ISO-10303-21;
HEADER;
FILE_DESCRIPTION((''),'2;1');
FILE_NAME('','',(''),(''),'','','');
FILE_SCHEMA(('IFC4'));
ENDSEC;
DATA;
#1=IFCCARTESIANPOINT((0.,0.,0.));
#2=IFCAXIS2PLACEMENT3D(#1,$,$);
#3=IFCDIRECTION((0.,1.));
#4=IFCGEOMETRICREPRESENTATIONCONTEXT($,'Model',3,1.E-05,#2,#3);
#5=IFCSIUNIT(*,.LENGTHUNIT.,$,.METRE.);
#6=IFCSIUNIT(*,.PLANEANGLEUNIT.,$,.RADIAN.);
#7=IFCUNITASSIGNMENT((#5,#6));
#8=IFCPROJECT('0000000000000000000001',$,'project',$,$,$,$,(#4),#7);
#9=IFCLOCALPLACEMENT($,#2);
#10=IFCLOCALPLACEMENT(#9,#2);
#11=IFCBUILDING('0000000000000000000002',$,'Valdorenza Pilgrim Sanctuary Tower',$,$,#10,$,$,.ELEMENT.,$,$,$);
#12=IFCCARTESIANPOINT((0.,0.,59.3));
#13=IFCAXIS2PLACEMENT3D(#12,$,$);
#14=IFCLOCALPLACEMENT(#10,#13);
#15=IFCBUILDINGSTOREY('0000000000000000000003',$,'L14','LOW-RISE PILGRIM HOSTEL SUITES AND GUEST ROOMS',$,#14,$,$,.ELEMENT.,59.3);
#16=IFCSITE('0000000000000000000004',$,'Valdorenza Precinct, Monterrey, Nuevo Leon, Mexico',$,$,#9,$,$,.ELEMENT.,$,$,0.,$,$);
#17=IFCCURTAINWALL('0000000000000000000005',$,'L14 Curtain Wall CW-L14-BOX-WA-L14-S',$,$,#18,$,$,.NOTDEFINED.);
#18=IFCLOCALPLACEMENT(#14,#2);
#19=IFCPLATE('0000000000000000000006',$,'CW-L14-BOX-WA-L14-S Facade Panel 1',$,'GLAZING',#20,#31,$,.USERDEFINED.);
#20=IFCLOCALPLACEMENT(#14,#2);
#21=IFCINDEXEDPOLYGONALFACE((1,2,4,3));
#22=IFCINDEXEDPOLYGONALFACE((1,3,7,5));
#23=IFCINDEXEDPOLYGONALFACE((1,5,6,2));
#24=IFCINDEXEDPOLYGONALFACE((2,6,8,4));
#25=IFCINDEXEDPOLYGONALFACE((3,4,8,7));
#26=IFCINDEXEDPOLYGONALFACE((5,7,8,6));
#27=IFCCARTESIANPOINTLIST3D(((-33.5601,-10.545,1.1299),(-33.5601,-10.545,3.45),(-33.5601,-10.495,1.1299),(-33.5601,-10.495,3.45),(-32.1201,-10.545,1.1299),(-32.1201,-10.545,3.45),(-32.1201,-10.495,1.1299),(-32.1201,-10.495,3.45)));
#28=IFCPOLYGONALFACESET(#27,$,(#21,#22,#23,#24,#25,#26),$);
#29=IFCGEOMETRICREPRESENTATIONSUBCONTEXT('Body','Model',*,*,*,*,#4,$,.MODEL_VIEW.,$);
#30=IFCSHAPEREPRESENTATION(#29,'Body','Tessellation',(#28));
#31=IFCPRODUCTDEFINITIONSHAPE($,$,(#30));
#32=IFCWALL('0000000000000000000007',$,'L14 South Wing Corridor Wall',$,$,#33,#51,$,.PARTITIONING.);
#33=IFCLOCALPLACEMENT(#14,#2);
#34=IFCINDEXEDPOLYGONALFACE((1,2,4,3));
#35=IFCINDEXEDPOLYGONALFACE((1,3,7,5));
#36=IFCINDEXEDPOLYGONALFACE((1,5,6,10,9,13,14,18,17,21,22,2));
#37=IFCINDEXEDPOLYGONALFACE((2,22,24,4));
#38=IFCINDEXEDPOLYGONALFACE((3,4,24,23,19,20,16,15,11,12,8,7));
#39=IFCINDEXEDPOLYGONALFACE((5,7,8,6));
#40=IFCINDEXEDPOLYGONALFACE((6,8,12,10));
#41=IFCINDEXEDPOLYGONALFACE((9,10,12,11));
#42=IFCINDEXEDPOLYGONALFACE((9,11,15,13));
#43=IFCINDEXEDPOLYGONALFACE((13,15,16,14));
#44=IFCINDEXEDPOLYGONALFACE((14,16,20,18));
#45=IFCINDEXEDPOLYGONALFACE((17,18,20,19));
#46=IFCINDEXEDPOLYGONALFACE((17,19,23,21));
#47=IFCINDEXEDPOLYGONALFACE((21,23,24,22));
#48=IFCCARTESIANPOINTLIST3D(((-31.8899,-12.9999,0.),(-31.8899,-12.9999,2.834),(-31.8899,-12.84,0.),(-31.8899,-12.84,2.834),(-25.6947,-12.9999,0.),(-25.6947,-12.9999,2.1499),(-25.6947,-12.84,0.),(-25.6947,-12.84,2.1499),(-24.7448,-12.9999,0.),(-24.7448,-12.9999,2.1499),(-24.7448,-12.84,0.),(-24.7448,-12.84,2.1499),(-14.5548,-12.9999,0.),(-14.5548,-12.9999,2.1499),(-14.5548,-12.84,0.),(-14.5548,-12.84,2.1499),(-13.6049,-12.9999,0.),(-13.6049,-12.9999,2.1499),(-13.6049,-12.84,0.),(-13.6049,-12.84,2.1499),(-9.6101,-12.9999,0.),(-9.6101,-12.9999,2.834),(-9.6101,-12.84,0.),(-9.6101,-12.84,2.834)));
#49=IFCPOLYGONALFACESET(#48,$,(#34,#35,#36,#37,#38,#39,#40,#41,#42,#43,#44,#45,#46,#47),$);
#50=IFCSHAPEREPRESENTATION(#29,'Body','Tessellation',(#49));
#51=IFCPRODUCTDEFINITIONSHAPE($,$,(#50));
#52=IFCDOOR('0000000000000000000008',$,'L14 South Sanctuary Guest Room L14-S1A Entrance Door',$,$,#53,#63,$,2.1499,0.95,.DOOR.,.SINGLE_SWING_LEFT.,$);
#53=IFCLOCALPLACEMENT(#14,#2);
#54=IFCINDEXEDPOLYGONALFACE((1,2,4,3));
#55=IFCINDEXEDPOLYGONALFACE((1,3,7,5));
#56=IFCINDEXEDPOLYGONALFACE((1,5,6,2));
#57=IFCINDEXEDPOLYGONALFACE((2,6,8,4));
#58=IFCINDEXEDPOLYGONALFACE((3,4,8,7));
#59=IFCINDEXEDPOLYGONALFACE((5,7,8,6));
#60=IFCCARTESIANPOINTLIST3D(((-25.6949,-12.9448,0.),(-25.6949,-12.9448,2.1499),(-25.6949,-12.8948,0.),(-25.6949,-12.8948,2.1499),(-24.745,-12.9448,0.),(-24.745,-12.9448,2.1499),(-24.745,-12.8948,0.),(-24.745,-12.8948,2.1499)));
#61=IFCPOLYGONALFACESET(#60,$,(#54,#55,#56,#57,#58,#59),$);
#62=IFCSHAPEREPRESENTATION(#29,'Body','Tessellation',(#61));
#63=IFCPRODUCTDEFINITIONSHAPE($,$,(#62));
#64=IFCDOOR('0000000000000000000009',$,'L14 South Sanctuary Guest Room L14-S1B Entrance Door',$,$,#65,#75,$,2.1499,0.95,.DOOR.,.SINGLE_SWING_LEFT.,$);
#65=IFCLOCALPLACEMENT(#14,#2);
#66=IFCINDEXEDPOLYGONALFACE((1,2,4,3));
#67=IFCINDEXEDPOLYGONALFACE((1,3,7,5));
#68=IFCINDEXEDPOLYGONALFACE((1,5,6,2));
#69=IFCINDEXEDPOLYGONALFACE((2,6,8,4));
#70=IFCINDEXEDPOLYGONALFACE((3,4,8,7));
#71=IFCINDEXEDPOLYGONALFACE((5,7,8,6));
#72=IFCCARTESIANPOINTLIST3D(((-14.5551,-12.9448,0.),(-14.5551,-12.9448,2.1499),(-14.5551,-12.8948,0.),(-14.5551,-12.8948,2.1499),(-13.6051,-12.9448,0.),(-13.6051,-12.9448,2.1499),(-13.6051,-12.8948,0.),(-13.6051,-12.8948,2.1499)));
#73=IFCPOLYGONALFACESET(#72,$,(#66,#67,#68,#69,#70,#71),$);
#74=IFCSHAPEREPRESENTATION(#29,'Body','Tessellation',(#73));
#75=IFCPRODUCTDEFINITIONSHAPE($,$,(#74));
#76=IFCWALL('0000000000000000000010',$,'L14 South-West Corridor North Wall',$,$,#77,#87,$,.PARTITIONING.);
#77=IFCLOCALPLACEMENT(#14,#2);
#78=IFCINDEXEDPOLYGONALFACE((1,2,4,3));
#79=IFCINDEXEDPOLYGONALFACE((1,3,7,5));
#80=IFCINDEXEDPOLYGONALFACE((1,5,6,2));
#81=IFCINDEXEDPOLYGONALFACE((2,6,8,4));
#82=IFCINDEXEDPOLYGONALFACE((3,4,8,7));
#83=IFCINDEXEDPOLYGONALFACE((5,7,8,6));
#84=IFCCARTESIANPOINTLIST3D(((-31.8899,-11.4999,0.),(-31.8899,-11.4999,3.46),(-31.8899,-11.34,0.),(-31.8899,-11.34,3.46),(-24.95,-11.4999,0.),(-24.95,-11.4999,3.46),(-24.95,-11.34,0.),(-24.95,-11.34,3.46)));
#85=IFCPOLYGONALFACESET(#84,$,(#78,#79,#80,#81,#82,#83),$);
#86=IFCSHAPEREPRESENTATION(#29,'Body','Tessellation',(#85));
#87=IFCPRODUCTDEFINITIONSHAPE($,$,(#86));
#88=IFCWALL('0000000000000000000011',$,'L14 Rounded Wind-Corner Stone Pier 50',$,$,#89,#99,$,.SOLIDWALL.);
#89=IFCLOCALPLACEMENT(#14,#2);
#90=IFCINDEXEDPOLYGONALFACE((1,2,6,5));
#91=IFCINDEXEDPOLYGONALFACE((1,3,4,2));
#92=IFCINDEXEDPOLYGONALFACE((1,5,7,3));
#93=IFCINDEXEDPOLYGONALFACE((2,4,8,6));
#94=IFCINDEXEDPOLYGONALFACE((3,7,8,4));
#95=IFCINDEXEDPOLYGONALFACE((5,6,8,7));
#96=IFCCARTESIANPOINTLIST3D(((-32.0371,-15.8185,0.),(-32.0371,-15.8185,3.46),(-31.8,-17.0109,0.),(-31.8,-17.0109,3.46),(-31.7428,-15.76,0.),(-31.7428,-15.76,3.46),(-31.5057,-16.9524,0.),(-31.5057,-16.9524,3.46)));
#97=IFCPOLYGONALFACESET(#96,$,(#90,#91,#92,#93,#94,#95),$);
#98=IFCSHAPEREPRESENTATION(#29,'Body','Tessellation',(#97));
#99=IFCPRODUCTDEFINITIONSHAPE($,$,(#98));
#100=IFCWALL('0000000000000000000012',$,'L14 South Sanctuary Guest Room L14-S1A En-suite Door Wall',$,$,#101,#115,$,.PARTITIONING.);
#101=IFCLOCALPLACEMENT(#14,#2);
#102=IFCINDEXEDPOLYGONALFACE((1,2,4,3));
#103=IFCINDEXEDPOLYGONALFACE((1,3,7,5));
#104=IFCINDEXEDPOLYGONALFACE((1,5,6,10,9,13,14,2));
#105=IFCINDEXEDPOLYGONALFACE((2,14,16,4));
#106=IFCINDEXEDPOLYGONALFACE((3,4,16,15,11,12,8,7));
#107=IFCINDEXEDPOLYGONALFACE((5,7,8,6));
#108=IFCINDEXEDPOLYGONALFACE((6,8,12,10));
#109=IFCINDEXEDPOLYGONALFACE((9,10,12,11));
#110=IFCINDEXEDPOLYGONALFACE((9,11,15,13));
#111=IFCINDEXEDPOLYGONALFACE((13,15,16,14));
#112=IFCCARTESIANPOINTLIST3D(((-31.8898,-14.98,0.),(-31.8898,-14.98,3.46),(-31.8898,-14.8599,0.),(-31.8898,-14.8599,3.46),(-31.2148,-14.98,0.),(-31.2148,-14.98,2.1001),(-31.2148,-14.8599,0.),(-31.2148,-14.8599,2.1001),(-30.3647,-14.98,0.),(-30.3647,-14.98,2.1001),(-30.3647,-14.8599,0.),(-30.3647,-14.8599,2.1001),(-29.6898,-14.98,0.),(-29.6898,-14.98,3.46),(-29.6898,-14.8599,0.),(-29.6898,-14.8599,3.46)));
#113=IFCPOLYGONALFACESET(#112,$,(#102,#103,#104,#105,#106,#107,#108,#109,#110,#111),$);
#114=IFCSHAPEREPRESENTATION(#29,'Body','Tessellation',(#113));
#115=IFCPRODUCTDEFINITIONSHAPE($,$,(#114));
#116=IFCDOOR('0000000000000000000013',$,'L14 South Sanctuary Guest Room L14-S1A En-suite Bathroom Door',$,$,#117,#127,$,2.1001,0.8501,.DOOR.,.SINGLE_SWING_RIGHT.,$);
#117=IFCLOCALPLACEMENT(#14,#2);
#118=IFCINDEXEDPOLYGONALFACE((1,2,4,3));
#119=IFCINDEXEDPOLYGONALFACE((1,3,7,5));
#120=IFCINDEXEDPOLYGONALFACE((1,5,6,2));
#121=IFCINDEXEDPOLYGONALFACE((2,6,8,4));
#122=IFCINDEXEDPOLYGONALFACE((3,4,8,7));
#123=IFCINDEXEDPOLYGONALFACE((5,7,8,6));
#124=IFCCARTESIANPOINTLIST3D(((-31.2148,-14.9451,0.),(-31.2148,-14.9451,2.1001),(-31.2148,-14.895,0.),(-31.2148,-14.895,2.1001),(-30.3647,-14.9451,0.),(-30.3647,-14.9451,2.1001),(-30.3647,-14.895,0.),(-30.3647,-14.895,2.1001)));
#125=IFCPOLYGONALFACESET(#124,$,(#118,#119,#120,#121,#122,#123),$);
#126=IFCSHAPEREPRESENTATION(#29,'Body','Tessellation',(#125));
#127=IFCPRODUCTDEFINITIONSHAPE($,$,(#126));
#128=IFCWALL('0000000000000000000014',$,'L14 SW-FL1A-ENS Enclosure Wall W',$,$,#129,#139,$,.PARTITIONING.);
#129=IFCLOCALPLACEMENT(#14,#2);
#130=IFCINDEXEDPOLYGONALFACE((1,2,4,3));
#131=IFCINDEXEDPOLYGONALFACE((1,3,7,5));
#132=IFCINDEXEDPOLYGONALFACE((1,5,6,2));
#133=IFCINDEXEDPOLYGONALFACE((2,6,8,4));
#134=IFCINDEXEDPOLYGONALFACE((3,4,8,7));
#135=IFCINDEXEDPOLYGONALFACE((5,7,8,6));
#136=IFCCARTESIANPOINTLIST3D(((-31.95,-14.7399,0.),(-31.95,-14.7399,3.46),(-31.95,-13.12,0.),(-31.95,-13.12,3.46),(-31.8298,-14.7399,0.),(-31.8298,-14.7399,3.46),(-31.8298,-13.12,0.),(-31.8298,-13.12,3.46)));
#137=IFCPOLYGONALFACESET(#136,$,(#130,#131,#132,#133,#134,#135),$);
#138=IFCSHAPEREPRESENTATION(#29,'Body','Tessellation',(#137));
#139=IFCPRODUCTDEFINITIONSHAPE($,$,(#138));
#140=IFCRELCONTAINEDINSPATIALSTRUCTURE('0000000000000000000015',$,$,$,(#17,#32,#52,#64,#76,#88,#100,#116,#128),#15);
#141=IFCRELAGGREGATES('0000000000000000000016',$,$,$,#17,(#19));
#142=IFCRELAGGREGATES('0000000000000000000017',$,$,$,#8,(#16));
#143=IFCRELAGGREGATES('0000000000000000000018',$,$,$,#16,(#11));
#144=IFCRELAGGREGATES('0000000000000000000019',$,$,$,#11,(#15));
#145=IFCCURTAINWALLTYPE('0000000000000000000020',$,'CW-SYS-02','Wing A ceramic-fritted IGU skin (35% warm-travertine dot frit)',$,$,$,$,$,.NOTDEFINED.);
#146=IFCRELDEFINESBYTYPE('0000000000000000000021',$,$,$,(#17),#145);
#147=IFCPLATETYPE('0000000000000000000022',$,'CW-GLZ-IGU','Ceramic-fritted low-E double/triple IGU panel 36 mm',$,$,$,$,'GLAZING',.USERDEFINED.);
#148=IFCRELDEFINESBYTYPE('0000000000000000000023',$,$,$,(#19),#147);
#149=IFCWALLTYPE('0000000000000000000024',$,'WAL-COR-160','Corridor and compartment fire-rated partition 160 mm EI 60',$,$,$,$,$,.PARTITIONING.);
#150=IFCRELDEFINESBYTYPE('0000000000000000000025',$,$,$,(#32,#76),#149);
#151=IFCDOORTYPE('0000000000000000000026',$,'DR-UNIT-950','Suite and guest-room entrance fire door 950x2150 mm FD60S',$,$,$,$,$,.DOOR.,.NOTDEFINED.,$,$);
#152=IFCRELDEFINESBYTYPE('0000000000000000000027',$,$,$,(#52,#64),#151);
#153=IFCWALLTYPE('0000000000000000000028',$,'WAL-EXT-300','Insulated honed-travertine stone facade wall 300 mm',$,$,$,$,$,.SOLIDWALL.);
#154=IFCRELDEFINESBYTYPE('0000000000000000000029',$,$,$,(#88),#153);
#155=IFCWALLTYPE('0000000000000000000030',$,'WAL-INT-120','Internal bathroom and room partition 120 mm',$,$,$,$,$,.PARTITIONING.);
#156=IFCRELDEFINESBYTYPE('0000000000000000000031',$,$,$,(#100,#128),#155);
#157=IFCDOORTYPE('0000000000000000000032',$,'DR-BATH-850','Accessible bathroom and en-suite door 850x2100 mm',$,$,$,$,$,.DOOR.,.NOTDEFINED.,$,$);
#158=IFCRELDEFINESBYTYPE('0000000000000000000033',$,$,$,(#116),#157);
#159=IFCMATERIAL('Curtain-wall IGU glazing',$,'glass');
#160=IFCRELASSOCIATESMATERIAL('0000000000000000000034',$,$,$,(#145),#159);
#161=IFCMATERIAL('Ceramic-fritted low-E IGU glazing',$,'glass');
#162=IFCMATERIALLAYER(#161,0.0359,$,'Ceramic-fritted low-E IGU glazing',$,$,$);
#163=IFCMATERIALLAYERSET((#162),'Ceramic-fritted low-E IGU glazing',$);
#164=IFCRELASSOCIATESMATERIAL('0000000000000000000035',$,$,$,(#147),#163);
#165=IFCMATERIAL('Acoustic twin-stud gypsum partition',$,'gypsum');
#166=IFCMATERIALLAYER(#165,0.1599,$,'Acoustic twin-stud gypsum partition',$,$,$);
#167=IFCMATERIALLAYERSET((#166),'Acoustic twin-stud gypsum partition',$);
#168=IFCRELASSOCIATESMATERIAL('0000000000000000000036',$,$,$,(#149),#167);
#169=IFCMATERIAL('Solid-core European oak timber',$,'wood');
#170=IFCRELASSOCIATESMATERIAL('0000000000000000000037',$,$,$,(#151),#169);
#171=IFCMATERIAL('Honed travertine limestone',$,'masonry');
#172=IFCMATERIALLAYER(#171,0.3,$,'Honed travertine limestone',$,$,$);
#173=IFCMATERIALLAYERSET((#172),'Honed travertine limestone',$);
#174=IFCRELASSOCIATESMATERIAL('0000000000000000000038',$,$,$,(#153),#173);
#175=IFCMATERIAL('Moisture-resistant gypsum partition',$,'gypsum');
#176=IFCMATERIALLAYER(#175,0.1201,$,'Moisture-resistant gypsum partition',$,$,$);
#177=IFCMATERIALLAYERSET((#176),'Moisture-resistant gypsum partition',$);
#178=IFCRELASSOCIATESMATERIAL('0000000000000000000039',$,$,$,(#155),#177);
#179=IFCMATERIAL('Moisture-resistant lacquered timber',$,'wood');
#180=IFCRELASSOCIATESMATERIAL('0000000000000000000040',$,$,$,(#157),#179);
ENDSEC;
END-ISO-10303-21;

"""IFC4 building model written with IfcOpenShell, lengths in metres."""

from ifc_helpers import new_model, si_unit, direction, frame, frame_2d, origin, origin_2d, place, context, subcontext, project, spatial, rectangle, extrude, source, transform, mapped, material, layer, layer_set, type_object, element, fill, aggregate, save


model = new_model("IFC4")

# Units and contexts
model_context = context("Model", 3, precision=1e-05, world=origin(), true_north=direction((0.0, 1.0)))
body_context = subcontext(model_context, "Body", "Model", "MODEL_VIEW")
ifc_project = project(units=[si_unit("LENGTHUNIT", "METRE"), si_unit("PLANEANGLEUNIT", "RADIAN")], contexts=[model_context])

# Site, building, storey
site_placement = place(None, origin())
site = spatial("IfcSite", under=ifc_project, at=site_placement, Name="Valdorenza Precinct, Monterrey, Nuevo Leon, Mexico", CompositionType="ELEMENT", RefElevation=0.0)
building_placement = place(site_placement, origin())
building = spatial("IfcBuilding", under=site, at=building_placement, Name="Valdorenza Pilgrim Sanctuary Tower", CompositionType="ELEMENT")
storey_placement = place(building_placement, frame((0.0, 0.0, 59.3)))
storey = spatial("IfcBuildingStorey", under=building, at=storey_placement, Name="L14", Description="LOW-RISE PILGRIM HOSTEL SUITES AND GUEST ROOMS", CompositionType="ELEMENT", Elevation=59.3)

# Shared definitions
ifc_material_1 = material(Name="Curtain-wall IGU glazing", Category="glass")
curtain_wall_type = type_object("IfcCurtainWallType", Name="CW-SYS-02", Description="Wing A ceramic-fritted IGU skin (35% warm-travertine dot frit)", PredefinedType="NOTDEFINED", material=ifc_material_1)

# Curtain wall
curtain_wall_1_placement = place(storey_placement, origin())
curtain_wall_1 = element("IfcCurtainWall", 1, at=curtain_wall_1_placement, inside=storey, type_object=curtain_wall_type, Name="L14 Curtain Wall CW-L14-BOX-WA-L14-S", PredefinedType="NOTDEFINED")

# Plate
ifc_material_2 = material(Name="Honed travertine limestone", Category="masonry")
ifc_material_3 = material(Name="Ceramic-fritted low-E IGU glazing", Category="glass")
ifc_layer_1 = layer(ifc_material_3, 0.0359, Name="Ceramic-fritted low-E IGU glazing")
ifc_layer_set_1 = layer_set([ifc_layer_1], Name="Ceramic-fritted low-E IGU glazing")
plate_type_1 = type_object("IfcPlateType", Name="CW-GLZ-IGU", Description="Ceramic-fritted low-E double/triple IGU panel 36 mm", ElementType="GLAZING", PredefinedType="USERDEFINED", material=ifc_layer_set_1)
shared_shape_1 = source(origin(), body_context, "Body", "SweptSolid", [
    extrude(rectangle(XDim=1.4399, YDim=0.05, at=origin_2d()), origin(), (0.0, 0.0, 1.0), 2.3201),
])
plate_1_placement = place(storey_placement, frame((-32.8401, -10.52, 1.1299), z_axis=(0.0, 0.0, 1.0), x_axis=(-1.0, 0.0, 0.0)))
plate_1 = element("IfcPlate", 2, at=plate_1_placement, type_object=plate_type_1, Name="CW-L14-BOX-WA-L14-S Facade Panel 1", ObjectType="GLAZING", PredefinedType="USERDEFINED", context=body_context, shape_type="MappedRepresentation", body=[
    mapped(shared_shape_1, transform((0.0, 0.0, 0.0), x_axis=(1.0, 0.0, 0.0), y_axis=(0.0, 1.0, 0.0), z_axis=(0.0, 0.0, 1.0), scale=1.0)),
])
aggregate(curtain_wall_1, [plate_1])

# Wall, openings, doors
ifc_material_4 = material(Name="Acoustic twin-stud gypsum partition", Category="gypsum")
ifc_layer_2 = layer(ifc_material_4, 0.1599, Name="Acoustic twin-stud gypsum partition")
ifc_layer_set_2 = layer_set([ifc_layer_2], Name="Acoustic twin-stud gypsum partition")
wall_type_1 = type_object("IfcWallType", Name="WAL-COR-160", Description="Corridor and compartment fire-rated partition 160 mm EI 60", PredefinedType="PARTITIONING", material=ifc_layer_set_2)
wall_1_placement = place(storey_placement, frame((-31.8899, -12.9199, 0.0), z_axis=(0.0, 0.0, 1.0), x_axis=(1.0, 0.0, 0.0)))
wall_1 = element("IfcWall", 3, at=wall_1_placement, inside=storey, type_object=wall_type_1, Name="L14 South Wing Corridor Wall", PredefinedType="PARTITIONING", context=body_context, shape_type="SweptSolid", body=[
    extrude(rectangle(XDim=22.2798, YDim=0.1599, at=frame_2d((11.1399, 0.0))), origin(), (0.0, 0.0, 1.0), 2.834),
])
opening_1_placement = place(wall_1_placement, frame((6.1951, 0.0, 0.0)))
opening_1 = element("IfcOpeningElement", 4, at=opening_1_placement, cuts=wall_1, PredefinedType="OPENING", context=body_context, shape_type="SweptSolid", body=[
    extrude(rectangle(XDim=0.95, YDim=2.1499, at=frame_2d((0.4751, 1.075))), frame((0.0, 0.0947, 0.0), z_axis=(0.0, -1.0, 0.0), x_axis=(1.0, 0.0, 0.0)), (0.0, 0.0, 1.0), 0.1897),
])
opening_2_placement = place(wall_1_placement, frame((17.335, 0.0, 0.0)))
opening_2 = element("IfcOpeningElement", 5, at=opening_2_placement, cuts=wall_1, PredefinedType="OPENING", context=body_context, shape_type="SweptSolid", body=[
    extrude(rectangle(XDim=0.95, YDim=2.1499, at=frame_2d((0.4751, 1.075))), frame((0.0, 0.0947, 0.0), z_axis=(0.0, -1.0, 0.0), x_axis=(1.0, 0.0, 0.0)), (0.0, 0.0, 1.0), 0.1897),
])
ifc_material_5 = material(Name="Solid-core European oak timber", Category="wood")
door_type_1 = type_object("IfcDoorType", Name="DR-UNIT-950", Description="Suite and guest-room entrance fire door 950x2150 mm FD60S", OperationType="NOTDEFINED", PredefinedType="DOOR", material=ifc_material_5)
door_1_placement = place(opening_1_placement, frame((0.95, 0.0, 0.0), z_axis=(0.0, 0.0, 1.0), x_axis=(-1.0, 0.0, 0.0)))
door_1 = element("IfcDoor", 6, at=door_1_placement, inside=storey, type_object=door_type_1, Name="L14 South Sanctuary Guest Room L14-S1A Entrance Door", OperationType="SINGLE_SWING_LEFT", OverallHeight=2.1499, OverallWidth=0.95, PredefinedType="DOOR", context=body_context, shape_type="SweptSolid", body=[
    extrude(rectangle(XDim=0.95, YDim=2.1499, at=frame_2d((0.4751, 1.075))), frame((0.0, 0.0249, 0.0), z_axis=(0.0, -1.0, 0.0), x_axis=(1.0, 0.0, 0.0)), (0.0, 0.0, 1.0), 0.05),
])
fill(opening_1, door_1)
door_2_placement = place(opening_2_placement, frame((0.95, 0.0, 0.0), z_axis=(0.0, 0.0, 1.0), x_axis=(-1.0, 0.0, 0.0)))
door_2 = element("IfcDoor", 7, at=door_2_placement, inside=storey, type_object=door_type_1, Name="L14 South Sanctuary Guest Room L14-S1B Entrance Door", OperationType="SINGLE_SWING_LEFT", OverallHeight=2.1499, OverallWidth=0.95, PredefinedType="DOOR", context=body_context, shape_type="SweptSolid", body=[
    extrude(rectangle(XDim=0.95, YDim=2.1499, at=frame_2d((0.4751, 1.075))), frame((0.0, 0.0249, 0.0), z_axis=(0.0, -1.0, 0.0), x_axis=(1.0, 0.0, 0.0)), (0.0, 0.0, 1.0), 0.05),
])
fill(opening_2, door_2)

# Walls
wall_2_placement = place(storey_placement, frame((-31.8899, -11.4199, 0.0), z_axis=(0.0, 0.0, 1.0), x_axis=(1.0, 0.0, 0.0)))
element("IfcWall", 8, at=wall_2_placement, inside=storey, type_object=wall_type_1, Name="L14 South-West Corridor North Wall", PredefinedType="PARTITIONING", context=body_context, shape_type="SweptSolid", body=[
    extrude(rectangle(XDim=6.9399, YDim=0.1599, at=frame_2d((3.47, 0.0))), origin(), (0.0, 0.0, 1.0), 3.46),
])
ifc_layer_3 = layer(ifc_material_2, 0.3, Name="Honed travertine limestone")
ifc_layer_set_3 = layer_set([ifc_layer_3], Name="Honed travertine limestone")
wall_type_2 = type_object("IfcWallType", Name="WAL-EXT-300", Description="Insulated honed-travertine stone facade wall 300 mm", PredefinedType="SOLIDWALL", material=ifc_layer_set_3)
wall_3_placement = place(storey_placement, frame((-31.6528, -16.9817, 0.0), z_axis=(0.0, 0.0, 1.0), x_axis=(-0.194996, 0.980804, 0.0)))
element("IfcWall", 9, at=wall_3_placement, inside=storey, type_object=wall_type_2, Name="L14 Rounded Wind-Corner Stone Pier 50", PredefinedType="SOLIDWALL", context=body_context, shape_type="SweptSolid", body=[
    extrude(rectangle(XDim=1.2158, YDim=0.3, at=frame_2d((0.6079, 0.0))), origin(), (0.0, 0.0, 1.0), 3.46),
])

# Wall, opening, door
ifc_material_6 = material(Name="Moisture-resistant gypsum partition", Category="gypsum")
ifc_layer_4 = layer(ifc_material_6, 0.1201, Name="Moisture-resistant gypsum partition")
ifc_layer_set_4 = layer_set([ifc_layer_4], Name="Moisture-resistant gypsum partition")
wall_type_3 = type_object("IfcWallType", Name="WAL-INT-120", Description="Internal bathroom and room partition 120 mm", PredefinedType="PARTITIONING", material=ifc_layer_set_4)
wall_4_placement = place(storey_placement, frame((-31.8899, -14.9199, 0.0), z_axis=(0.0, 0.0, 1.0), x_axis=(1.0, 0.0, 0.0)))
wall_4 = element("IfcWall", 10, at=wall_4_placement, inside=storey, type_object=wall_type_3, Name="L14 South Sanctuary Guest Room L14-S1A En-suite Door Wall", PredefinedType="PARTITIONING", context=body_context, shape_type="SweptSolid", body=[
    extrude(rectangle(XDim=2.2, YDim=0.1201, at=frame_2d((1.1001, 0.0))), origin(), (0.0, 0.0, 1.0), 3.46),
])
opening_3_placement = place(wall_4_placement, frame((0.675, 0.0, 0.0)))
opening_3 = element("IfcOpeningElement", 11, at=opening_3_placement, cuts=wall_4, PredefinedType="OPENING", context=body_context, shape_type="SweptSolid", body=[
    extrude(rectangle(XDim=0.8501, YDim=2.1001, at=frame_2d((0.425, 1.05))), frame((0.0, 0.075, 0.0), z_axis=(0.0, -1.0, 0.0), x_axis=(1.0, 0.0, 0.0)), (0.0, 0.0, 1.0), 0.1499),
])
ifc_material_7 = material(Name="Moisture-resistant lacquered timber", Category="wood")
door_type_2 = type_object("IfcDoorType", Name="DR-BATH-850", Description="Accessible bathroom and en-suite door 850x2100 mm", OperationType="NOTDEFINED", PredefinedType="DOOR", material=ifc_material_7)
door_3_placement = place(opening_3_placement, origin())
door_3 = element("IfcDoor", 12, at=door_3_placement, inside=storey, type_object=door_type_2, Name="L14 South Sanctuary Guest Room L14-S1A En-suite Bathroom Door", OperationType="SINGLE_SWING_RIGHT", OverallHeight=2.1001, OverallWidth=0.8501, PredefinedType="DOOR", context=body_context, shape_type="SweptSolid", body=[
    extrude(rectangle(XDim=0.8501, YDim=2.1001, at=frame_2d((0.425, 1.05))), frame((0.0, 0.0249, 0.0), z_axis=(0.0, -1.0, 0.0), x_axis=(1.0, 0.0, 0.0)), (0.0, 0.0, 1.0), 0.05),
])
fill(opening_3, door_3)

# Wall
wall_5_placement = place(storey_placement, frame((-31.8899, -14.74, 0.0), z_axis=(0.0, 0.0, 1.0), x_axis=(0.0, 1.0, 0.0)))
element("IfcWall", 13, at=wall_5_placement, inside=storey, type_object=wall_type_3, Name="L14 SW-FL1A-ENS Enclosure Wall W", PredefinedType="PARTITIONING", context=body_context, shape_type="SweptSolid", body=[
    extrude(rectangle(XDim=1.6199, YDim=0.1201, at=frame_2d((0.8101, 0.0))), origin(), (0.0, 0.0, 1.0), 3.46),
])

save(model, "model.ifc")
